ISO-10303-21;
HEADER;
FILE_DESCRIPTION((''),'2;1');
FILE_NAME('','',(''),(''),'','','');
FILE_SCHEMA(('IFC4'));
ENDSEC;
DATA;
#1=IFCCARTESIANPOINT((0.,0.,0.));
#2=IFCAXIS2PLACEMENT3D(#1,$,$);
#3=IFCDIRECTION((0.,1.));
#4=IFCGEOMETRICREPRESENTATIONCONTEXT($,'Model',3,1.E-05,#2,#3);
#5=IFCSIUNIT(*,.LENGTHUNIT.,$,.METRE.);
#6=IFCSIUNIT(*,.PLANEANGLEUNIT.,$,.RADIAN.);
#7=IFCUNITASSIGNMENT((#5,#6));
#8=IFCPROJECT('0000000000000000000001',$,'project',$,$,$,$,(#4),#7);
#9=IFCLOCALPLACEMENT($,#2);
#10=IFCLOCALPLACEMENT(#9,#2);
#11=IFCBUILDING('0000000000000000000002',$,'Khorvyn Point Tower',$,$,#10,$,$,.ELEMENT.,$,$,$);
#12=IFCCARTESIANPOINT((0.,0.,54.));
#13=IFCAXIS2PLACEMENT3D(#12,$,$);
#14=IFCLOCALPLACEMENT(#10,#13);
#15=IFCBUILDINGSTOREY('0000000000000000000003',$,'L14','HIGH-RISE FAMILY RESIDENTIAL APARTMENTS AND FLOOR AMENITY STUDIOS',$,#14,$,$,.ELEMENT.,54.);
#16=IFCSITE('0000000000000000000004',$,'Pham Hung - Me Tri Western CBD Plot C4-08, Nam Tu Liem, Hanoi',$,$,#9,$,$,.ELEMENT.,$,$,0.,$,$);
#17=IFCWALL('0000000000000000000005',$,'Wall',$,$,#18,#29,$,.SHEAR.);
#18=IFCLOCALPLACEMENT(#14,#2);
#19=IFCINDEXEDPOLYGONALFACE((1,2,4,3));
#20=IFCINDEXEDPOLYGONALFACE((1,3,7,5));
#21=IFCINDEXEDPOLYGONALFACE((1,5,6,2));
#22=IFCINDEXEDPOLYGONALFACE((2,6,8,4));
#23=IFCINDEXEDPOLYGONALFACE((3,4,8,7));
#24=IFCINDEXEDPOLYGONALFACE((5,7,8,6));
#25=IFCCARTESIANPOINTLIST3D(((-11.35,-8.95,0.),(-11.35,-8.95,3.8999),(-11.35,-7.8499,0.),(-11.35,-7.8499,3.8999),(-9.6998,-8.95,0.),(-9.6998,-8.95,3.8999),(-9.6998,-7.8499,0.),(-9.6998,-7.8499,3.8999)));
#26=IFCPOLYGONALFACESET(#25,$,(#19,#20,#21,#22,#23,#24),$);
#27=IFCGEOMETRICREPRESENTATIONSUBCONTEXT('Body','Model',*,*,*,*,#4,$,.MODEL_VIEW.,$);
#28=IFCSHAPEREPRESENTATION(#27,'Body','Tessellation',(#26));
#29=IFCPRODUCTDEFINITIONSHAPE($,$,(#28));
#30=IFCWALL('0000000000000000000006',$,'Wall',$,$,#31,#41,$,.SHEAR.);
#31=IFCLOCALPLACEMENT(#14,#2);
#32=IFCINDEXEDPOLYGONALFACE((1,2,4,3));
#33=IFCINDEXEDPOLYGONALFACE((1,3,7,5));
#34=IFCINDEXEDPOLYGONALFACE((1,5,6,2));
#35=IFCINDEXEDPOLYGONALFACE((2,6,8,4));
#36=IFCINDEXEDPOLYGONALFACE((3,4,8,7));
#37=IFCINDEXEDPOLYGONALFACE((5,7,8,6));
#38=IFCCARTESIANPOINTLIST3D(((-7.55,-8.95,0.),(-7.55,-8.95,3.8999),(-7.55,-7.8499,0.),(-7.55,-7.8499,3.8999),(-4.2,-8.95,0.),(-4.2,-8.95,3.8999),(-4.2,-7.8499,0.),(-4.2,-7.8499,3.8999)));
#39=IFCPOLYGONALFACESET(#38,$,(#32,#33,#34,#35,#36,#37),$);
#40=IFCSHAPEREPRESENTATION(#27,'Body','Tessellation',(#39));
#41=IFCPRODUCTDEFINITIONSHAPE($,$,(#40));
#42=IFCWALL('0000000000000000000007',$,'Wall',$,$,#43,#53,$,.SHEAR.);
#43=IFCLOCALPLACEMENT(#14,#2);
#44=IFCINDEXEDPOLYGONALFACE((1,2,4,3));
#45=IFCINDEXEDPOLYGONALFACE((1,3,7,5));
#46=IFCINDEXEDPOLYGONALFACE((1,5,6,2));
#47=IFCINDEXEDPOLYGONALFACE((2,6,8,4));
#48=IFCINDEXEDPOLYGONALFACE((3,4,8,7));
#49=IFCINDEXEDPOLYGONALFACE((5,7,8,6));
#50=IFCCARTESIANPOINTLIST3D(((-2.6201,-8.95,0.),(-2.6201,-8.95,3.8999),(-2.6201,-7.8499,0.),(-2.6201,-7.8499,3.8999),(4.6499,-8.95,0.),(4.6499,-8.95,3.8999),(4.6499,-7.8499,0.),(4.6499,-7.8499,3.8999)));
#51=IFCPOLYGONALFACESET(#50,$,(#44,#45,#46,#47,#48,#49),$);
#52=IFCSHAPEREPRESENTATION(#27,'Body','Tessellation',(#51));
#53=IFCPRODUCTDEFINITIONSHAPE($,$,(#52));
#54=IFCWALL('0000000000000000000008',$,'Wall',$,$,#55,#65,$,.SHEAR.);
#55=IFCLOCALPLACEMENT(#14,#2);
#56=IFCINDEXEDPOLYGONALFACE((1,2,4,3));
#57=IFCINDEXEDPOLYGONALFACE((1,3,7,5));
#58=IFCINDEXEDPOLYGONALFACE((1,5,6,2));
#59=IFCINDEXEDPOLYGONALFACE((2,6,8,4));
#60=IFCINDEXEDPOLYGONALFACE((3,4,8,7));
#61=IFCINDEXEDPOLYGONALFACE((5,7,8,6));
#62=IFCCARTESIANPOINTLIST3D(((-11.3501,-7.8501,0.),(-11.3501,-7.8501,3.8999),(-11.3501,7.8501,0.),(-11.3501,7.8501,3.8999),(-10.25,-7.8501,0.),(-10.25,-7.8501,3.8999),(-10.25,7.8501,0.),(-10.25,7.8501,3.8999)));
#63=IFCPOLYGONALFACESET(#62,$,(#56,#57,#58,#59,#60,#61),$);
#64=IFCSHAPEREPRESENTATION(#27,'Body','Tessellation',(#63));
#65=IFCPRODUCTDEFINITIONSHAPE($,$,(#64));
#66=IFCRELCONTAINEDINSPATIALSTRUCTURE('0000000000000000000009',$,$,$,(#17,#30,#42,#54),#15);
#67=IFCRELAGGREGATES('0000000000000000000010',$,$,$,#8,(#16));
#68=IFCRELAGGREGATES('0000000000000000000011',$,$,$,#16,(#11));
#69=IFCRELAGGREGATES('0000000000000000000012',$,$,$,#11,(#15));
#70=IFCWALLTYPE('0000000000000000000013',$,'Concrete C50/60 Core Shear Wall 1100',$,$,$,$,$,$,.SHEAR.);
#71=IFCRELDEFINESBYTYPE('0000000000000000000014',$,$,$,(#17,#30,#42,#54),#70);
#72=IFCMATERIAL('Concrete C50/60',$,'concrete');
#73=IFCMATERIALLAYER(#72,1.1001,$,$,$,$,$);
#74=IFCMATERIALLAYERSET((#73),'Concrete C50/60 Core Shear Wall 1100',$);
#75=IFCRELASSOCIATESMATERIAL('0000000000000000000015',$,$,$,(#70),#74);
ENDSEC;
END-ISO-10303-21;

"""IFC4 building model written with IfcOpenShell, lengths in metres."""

from ifc_helpers import new_model, si_unit, direction, frame, frame_2d, origin, place, context, subcontext, project, spatial, rectangle, extrude, material, layer, layer_set, type_object, element, save


model = new_model("IFC4")

# Units and contexts
model_context = context("Model", 3, precision=1e-05, world=origin(), true_north=direction((0.0, 1.0)))
body_context = subcontext(model_context, "Body", "Model", "MODEL_VIEW")
ifc_project = project(units=[si_unit("LENGTHUNIT", "METRE"), si_unit("PLANEANGLEUNIT", "RADIAN")], contexts=[model_context])

# Site, building, storey
site_placement = place(None, origin())
site = spatial("IfcSite", under=ifc_project, at=site_placement, Name="Pham Hung - Me Tri Western CBD Plot C4-08, Nam Tu Liem, Hanoi", CompositionType="ELEMENT", RefElevation=0.0)
building_placement = place(site_placement, origin())
building = spatial("IfcBuilding", under=site, at=building_placement, Name="Khorvyn Point Tower", CompositionType="ELEMENT")
storey_placement = place(building_placement, frame((0.0, 0.0, 54.0)))
storey = spatial("IfcBuildingStorey", under=building, at=storey_placement, Name="L14", Description="HIGH-RISE FAMILY RESIDENTIAL APARTMENTS AND FLOOR AMENITY STUDIOS", CompositionType="ELEMENT", Elevation=54.0)

# Shared definitions
ifc_material_1 = material(Name="Concrete C50/60", Category="concrete")

# Walls
ifc_layer_1 = layer(ifc_material_1, 1.1001)
ifc_layer_set_1 = layer_set([ifc_layer_1], Name="Concrete C50/60 Core Shear Wall 1100")
wall_type_1 = type_object("IfcWallType", Name="Concrete C50/60 Core Shear Wall 1100", PredefinedType="SHEAR", material=ifc_layer_set_1)
wall_1_placement = place(storey_placement, frame((-11.3501, -8.3999, 0.0), z_axis=(0.0, 0.0, 1.0), x_axis=(1.0, 0.0, 0.0)))
element("IfcWall", 1, at=wall_1_placement, inside=storey, type_object=wall_type_1, Name="Wall", PredefinedType="SHEAR", context=body_context, shape_type="SweptSolid", body=[
    extrude(rectangle(XDim=1.6501, YDim=1.1001, at=frame_2d((0.8252, 0.0))), origin(), (0.0, 0.0, 1.0), 3.8999),
])
wall_2_placement = place(storey_placement, frame((-7.55, -8.3999, 0.0), z_axis=(0.0, 0.0, 1.0), x_axis=(1.0, 0.0, 0.0)))
element("IfcWall", 2, at=wall_2_placement, inside=storey, type_object=wall_type_1, Name="Wall", PredefinedType="SHEAR", context=body_context, shape_type="SweptSolid", body=[
    extrude(rectangle(XDim=3.3501, YDim=1.1001, at=frame_2d((1.675, 0.0))), origin(), (0.0, 0.0, 1.0), 3.8999),
])
wall_3_placement = place(storey_placement, frame((-2.6201, -8.3999, 0.0), z_axis=(0.0, 0.0, 1.0), x_axis=(1.0, 0.0, 0.0)))
element("IfcWall", 3, at=wall_3_placement, inside=storey, type_object=wall_type_1, Name="Wall", PredefinedType="SHEAR", context=body_context, shape_type="SweptSolid", body=[
    extrude(rectangle(XDim=7.27, YDim=1.1001, at=frame_2d((3.635, 0.0))), origin(), (0.0, 0.0, 1.0), 3.8999),
])
wall_4_placement = place(storey_placement, frame((-10.8, -7.8501, 0.0), z_axis=(0.0, 0.0, 1.0), x_axis=(0.0, 1.0, 0.0)))
element("IfcWall", 4, at=wall_4_placement, inside=storey, type_object=wall_type_1, Name="Wall", PredefinedType="SHEAR", context=body_context, shape_type="SweptSolid", body=[
    extrude(rectangle(XDim=15.7002, YDim=1.1001, at=frame_2d((7.8501, 0.0))), origin(), (0.0, 0.0, 1.0), 3.8999),
])

save(model, "model.ifc")
